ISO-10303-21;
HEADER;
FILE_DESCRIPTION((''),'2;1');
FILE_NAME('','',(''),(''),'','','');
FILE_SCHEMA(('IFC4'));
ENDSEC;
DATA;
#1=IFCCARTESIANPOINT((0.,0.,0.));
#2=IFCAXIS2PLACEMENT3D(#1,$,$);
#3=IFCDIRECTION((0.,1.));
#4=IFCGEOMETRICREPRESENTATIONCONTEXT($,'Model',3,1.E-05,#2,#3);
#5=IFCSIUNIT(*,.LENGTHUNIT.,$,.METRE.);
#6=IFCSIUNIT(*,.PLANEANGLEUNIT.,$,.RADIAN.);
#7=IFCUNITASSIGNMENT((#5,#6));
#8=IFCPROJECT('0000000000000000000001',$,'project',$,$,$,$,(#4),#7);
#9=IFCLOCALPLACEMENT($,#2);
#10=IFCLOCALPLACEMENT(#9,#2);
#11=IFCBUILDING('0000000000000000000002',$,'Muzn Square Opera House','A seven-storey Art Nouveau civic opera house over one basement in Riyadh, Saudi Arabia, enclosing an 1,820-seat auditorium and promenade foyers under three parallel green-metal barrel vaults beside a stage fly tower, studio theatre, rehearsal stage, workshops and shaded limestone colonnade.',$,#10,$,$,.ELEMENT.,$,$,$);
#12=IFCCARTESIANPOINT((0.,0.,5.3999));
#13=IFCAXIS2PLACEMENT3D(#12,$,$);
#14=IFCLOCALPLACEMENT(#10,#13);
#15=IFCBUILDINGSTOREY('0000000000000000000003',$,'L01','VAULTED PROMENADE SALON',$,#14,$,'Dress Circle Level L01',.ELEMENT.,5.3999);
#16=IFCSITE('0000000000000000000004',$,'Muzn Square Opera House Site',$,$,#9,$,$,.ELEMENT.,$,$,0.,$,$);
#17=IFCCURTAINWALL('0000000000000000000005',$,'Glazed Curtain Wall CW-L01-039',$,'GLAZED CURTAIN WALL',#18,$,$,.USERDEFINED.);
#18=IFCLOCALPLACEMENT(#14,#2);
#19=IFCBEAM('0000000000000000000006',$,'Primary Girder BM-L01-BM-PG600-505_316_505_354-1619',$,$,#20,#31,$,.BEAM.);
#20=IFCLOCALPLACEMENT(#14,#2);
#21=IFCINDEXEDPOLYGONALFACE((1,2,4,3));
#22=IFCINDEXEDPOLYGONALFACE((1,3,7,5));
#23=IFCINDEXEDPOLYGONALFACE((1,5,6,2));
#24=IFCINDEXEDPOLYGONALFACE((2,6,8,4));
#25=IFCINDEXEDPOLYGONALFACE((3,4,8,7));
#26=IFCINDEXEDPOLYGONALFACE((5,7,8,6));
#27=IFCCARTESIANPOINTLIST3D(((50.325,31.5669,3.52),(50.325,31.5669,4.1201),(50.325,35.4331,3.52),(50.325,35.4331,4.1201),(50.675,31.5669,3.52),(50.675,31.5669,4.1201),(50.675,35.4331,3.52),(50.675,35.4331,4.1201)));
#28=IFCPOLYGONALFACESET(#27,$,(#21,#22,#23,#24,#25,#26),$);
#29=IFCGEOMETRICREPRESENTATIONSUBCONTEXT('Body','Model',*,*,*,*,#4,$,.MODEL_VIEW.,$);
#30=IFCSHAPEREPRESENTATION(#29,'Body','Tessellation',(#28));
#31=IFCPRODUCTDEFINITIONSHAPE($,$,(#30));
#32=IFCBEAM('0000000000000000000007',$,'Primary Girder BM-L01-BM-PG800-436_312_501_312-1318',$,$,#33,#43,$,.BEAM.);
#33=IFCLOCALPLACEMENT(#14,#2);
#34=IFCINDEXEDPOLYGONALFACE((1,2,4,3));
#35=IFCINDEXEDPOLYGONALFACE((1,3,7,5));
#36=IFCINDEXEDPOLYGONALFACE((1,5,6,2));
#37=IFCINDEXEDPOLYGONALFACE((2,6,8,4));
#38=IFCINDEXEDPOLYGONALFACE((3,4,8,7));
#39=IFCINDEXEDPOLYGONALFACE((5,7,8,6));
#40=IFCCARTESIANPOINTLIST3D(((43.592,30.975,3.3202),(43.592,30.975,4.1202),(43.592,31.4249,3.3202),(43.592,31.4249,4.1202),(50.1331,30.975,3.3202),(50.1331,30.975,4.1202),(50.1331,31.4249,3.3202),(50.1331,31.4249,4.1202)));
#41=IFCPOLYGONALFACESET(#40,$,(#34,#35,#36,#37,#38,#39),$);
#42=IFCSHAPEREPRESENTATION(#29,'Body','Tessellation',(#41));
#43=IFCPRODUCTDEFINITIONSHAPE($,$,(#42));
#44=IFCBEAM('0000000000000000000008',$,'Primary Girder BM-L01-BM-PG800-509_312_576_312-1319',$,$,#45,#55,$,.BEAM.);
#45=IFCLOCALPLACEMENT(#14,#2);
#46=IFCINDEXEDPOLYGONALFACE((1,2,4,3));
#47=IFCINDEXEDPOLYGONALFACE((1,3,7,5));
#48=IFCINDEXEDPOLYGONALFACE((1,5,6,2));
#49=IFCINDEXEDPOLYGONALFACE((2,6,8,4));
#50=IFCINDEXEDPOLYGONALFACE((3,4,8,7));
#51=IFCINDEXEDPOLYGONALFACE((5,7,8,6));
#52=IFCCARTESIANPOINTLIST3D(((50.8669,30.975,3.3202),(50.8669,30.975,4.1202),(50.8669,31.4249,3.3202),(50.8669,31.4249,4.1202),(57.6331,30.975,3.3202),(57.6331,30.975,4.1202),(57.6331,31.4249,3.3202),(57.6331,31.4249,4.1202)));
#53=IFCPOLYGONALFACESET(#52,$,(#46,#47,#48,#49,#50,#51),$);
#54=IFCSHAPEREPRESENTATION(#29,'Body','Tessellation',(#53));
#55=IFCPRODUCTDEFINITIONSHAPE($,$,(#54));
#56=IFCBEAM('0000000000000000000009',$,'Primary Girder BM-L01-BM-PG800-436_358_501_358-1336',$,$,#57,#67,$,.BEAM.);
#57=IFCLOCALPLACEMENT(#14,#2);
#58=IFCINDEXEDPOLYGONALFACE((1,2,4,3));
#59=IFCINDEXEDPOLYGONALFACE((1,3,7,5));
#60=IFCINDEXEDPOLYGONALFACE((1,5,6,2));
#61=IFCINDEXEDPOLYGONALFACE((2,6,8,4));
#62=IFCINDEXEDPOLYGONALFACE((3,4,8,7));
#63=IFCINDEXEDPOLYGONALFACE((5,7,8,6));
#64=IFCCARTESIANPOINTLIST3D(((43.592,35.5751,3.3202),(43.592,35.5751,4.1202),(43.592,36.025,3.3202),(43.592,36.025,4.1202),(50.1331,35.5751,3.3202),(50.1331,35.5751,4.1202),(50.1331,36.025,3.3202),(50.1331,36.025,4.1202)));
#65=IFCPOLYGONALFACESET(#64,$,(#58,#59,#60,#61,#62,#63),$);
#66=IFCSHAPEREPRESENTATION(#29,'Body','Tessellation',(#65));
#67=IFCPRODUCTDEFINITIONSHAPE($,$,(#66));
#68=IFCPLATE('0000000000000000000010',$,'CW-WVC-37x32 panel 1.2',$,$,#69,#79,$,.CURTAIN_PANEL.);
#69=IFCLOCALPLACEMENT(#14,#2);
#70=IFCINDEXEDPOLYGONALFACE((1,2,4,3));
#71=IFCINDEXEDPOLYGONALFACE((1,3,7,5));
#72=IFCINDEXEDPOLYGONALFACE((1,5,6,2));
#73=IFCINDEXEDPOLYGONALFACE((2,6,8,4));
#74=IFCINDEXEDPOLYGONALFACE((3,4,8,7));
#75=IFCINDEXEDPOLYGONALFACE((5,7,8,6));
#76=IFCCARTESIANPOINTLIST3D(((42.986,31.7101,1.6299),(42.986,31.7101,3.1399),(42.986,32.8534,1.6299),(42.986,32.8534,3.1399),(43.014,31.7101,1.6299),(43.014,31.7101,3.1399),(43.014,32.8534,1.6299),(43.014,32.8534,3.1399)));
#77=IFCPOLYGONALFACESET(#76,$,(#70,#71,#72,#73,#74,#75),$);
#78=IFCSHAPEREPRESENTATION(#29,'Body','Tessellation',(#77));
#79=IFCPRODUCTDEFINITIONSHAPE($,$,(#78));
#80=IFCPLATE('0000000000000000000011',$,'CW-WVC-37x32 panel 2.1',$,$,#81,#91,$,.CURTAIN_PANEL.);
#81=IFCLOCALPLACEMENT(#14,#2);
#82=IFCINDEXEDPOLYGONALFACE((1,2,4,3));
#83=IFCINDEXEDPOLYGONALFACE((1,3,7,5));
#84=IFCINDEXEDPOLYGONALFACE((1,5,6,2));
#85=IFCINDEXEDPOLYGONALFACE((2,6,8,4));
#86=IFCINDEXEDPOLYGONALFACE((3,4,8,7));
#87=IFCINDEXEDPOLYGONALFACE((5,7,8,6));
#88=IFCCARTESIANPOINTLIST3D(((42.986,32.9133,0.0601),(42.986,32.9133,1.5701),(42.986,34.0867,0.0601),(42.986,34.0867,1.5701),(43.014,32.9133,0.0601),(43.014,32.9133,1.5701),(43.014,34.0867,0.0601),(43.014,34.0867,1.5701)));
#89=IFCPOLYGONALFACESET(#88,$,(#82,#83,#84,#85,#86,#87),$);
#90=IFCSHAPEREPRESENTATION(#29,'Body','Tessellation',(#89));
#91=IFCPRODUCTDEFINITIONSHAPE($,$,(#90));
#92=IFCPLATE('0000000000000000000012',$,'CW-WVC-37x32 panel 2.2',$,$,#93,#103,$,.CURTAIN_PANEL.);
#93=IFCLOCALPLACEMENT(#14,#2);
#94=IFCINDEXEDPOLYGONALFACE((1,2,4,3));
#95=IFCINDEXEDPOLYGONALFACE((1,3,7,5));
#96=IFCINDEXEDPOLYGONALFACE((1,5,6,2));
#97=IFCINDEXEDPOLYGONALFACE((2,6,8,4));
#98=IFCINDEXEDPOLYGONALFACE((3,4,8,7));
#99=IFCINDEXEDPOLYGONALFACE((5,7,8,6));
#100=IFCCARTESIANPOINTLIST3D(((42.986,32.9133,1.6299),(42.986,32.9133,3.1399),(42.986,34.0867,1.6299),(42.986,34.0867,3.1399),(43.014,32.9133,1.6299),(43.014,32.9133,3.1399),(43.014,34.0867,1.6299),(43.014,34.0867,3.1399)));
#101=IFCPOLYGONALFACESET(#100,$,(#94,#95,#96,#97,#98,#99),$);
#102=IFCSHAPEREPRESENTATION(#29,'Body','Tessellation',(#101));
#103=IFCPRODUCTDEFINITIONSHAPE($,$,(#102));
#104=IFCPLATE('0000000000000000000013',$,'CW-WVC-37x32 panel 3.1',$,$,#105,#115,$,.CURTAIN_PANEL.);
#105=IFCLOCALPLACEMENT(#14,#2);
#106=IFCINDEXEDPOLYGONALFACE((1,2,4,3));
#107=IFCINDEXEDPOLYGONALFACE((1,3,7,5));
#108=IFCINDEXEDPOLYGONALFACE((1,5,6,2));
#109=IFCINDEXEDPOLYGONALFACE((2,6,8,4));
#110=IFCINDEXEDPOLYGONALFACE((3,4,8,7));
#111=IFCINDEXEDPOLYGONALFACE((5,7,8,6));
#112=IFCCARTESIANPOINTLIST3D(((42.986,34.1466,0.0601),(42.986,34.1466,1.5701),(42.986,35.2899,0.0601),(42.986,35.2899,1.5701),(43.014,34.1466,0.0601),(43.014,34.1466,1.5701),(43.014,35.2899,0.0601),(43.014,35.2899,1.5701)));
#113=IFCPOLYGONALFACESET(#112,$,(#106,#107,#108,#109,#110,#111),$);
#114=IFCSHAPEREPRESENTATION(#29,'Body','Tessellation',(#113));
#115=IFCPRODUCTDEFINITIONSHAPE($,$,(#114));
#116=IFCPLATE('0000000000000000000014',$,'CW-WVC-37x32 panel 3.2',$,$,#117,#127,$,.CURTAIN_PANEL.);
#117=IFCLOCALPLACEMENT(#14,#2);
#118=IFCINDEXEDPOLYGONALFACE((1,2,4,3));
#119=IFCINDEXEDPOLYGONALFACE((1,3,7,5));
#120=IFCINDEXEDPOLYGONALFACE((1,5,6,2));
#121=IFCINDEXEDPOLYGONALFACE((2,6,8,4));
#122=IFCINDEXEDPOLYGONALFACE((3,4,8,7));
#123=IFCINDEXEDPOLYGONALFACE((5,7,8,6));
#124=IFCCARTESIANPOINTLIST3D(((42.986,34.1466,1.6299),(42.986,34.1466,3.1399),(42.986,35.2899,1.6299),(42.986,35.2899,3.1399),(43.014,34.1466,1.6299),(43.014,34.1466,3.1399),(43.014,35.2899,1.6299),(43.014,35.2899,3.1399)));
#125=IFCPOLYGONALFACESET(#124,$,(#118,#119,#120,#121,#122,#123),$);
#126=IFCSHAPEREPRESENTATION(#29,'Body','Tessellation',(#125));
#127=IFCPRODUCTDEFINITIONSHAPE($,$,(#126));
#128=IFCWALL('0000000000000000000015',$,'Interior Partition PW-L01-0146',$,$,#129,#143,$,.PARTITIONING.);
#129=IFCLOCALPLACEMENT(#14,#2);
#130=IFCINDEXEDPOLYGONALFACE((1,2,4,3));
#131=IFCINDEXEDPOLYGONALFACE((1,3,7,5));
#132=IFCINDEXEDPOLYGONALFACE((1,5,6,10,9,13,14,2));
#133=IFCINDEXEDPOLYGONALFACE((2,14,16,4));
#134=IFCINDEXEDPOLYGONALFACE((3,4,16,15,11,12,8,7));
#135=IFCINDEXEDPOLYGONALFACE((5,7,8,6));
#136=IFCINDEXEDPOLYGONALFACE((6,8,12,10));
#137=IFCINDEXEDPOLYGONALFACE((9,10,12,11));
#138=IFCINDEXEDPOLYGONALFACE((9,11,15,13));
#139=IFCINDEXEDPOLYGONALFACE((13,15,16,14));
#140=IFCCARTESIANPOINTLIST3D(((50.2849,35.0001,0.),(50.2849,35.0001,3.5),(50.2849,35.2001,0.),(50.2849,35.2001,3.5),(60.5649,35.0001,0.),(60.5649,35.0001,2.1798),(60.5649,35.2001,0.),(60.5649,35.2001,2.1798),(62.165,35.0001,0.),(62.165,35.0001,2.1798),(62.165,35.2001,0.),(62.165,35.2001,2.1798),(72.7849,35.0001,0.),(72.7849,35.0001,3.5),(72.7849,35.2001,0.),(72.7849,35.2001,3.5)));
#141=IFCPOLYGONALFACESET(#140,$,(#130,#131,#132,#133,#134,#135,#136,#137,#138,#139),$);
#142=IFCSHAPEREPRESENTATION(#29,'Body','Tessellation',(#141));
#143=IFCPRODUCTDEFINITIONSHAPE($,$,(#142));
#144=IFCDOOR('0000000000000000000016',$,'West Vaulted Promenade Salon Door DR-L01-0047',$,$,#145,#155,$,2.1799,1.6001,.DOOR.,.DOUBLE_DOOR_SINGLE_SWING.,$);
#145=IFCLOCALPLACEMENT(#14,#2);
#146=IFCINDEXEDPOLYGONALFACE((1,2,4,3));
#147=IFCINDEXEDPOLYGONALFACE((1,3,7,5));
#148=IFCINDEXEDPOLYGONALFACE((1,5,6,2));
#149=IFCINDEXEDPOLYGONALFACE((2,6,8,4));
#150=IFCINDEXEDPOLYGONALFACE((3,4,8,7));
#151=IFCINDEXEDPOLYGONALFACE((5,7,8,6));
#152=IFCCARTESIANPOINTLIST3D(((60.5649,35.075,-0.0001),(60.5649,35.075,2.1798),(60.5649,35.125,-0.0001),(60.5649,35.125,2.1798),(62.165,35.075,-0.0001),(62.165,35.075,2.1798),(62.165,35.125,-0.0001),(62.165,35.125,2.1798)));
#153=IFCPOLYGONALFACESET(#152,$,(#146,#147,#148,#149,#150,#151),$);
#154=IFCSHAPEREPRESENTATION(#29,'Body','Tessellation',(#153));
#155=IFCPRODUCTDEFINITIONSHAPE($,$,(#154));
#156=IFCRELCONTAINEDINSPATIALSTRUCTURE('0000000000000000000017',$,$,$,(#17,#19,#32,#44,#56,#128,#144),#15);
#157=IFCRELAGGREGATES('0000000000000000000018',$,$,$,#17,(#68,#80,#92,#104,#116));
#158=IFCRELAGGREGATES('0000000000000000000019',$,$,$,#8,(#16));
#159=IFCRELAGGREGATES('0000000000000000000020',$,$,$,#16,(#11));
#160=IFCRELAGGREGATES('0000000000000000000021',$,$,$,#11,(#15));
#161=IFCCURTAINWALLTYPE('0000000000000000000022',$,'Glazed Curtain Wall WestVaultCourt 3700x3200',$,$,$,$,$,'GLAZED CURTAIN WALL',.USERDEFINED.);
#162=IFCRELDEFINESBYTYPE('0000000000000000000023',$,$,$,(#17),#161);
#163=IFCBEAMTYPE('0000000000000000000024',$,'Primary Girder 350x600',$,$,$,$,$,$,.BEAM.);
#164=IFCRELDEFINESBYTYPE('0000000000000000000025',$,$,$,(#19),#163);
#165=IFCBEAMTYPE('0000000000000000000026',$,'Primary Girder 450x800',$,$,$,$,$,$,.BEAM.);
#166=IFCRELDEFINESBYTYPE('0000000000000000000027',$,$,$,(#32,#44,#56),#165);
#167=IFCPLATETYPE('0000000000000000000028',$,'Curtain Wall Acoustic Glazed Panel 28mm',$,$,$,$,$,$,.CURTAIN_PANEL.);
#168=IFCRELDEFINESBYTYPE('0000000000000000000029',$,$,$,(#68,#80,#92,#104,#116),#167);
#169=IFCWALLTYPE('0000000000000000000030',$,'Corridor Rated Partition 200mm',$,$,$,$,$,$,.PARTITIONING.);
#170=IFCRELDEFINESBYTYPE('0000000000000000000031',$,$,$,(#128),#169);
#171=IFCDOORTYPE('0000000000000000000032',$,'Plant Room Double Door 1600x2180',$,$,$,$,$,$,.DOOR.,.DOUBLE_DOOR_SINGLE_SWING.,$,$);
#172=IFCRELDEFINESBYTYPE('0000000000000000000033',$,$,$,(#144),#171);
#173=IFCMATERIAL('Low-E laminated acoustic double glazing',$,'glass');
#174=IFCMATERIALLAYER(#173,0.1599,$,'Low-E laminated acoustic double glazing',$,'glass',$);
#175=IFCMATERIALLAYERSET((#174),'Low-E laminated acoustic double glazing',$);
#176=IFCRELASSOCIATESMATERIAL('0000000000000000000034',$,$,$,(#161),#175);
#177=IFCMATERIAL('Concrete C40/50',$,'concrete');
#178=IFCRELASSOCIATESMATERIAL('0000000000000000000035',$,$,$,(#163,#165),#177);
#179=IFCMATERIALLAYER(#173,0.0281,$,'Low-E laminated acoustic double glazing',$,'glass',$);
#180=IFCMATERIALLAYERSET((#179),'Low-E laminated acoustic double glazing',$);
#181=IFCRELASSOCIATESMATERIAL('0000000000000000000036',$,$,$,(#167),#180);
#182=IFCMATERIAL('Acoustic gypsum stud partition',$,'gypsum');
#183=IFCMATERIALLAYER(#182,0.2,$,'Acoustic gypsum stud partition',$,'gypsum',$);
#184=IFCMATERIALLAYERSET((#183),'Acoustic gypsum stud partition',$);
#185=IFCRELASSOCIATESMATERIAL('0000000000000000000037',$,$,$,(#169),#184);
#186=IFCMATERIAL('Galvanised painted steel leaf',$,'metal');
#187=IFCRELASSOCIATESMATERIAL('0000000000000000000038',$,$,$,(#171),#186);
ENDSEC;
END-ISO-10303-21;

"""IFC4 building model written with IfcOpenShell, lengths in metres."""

from ifc_helpers import new_model, si_unit, direction, frame, frame_2d, origin, origin_2d, place, context, subcontext, project, spatial, rectangle, extrude, material, layer, layer_set, material_profile, profile_set, type_object, element, fill, aggregate, save


model = new_model("IFC4")

# Units and contexts
model_context = context("Model", 3, precision=1e-05, world=origin(), true_north=direction((0.0, 1.0)))
body_context = subcontext(model_context, "Body", "Model", "MODEL_VIEW")
ifc_project = project(units=[si_unit("LENGTHUNIT", "METRE"), si_unit("PLANEANGLEUNIT", "RADIAN")], contexts=[model_context])

# Site, building, storey
site_placement = place(None, origin())
site = spatial("IfcSite", under=ifc_project, at=site_placement, Name="Muzn Square Opera House Site", CompositionType="ELEMENT", RefElevation=0.0)
building_placement = place(site_placement, origin())
building = spatial("IfcBuilding", under=site, at=building_placement, Name="Muzn Square Opera House", Description="A seven-storey Art Nouveau civic opera house over one basement in Riyadh, Saudi Arabia, enclosing an 1,820-seat auditorium and promenade foyers under three parallel green-metal barrel vaults beside a stage fly tower, studio theatre, rehearsal stage, workshops and shaded limestone colonnade.", CompositionType="ELEMENT")
storey_placement = place(building_placement, frame((0.0, 0.0, 5.3999)))
storey = spatial("IfcBuildingStorey", under=building, at=storey_placement, Name="L01", Description="VAULTED PROMENADE SALON", LongName="Dress Circle Level L01", CompositionType="ELEMENT", Elevation=5.3999)

# Curtain wall
ifc_material_1 = material(Name="Low-E laminated acoustic double glazing", Category="glass")
ifc_layer_1 = layer(ifc_material_1, 0.1599, Name="Low-E laminated acoustic double glazing", Category="glass")
ifc_layer_set_1 = layer_set([ifc_layer_1], Name="Low-E laminated acoustic double glazing")
curtain_wall_type = type_object("IfcCurtainWallType", Name="Glazed Curtain Wall WestVaultCourt 3700x3200", ElementType="GLAZED CURTAIN WALL", PredefinedType="USERDEFINED", material=ifc_layer_set_1)
curtain_wall_placement = place(storey_placement, origin())
curtain_wall = element("IfcCurtainWall", 1, at=curtain_wall_placement, inside=storey, type_object=curtain_wall_type, Name="Glazed Curtain Wall CW-L01-039", ObjectType="GLAZED CURTAIN WALL", PredefinedType="USERDEFINED")

# Beams
ifc_material_2 = material(Name="Concrete C40/50", Category="concrete")
ifc_material_profile_1 = material_profile(ifc_material_2, rectangle(XDim=0.3501, YDim=0.6001, at=origin_2d()), Name="RCB 350x600", Category="concrete")
ifc_profile_set_1 = profile_set([ifc_material_profile_1], Name="Concrete C40/50")
beam_type_1 = type_object("IfcBeamType", Name="Primary Girder 350x600", PredefinedType="BEAM", material=ifc_profile_set_1)
beam_1_placement = place(storey_placement, frame((50.5, 31.5669, 3.8201), z_axis=(0.0, 1.0, 0.0), x_axis=(-1.0, 0.0, 0.0)))
element("IfcBeam", 2, at=beam_1_placement, inside=storey, type_object=beam_type_1, Name="Primary Girder BM-L01-BM-PG600-505_316_505_354-1619", PredefinedType="BEAM", context=body_context, shape_type="SweptSolid", body=[
    extrude(rectangle(XDim=0.3501, YDim=0.6001, at=origin_2d()), origin(), (0.0, 0.0, 1.0), 3.8662),
])
ifc_material_profile_2 = material_profile(ifc_material_2, rectangle(XDim=0.45, YDim=0.8, at=origin_2d()), Name="RCB 450x800", Category="concrete")
ifc_profile_set_2 = profile_set([ifc_material_profile_2], Name="Concrete C40/50")
beam_type_2 = type_object("IfcBeamType", Name="Primary Girder 450x800", PredefinedType="BEAM", material=ifc_profile_set_2)
beam_2_placement = place(storey_placement, frame((43.592, 31.2, 3.7202), z_axis=(1.0, 0.0, 0.0), x_axis=(0.0, 1.0, 0.0)))
element("IfcBeam", 3, at=beam_2_placement, inside=storey, type_object=beam_type_2, Name="Primary Girder BM-L01-BM-PG800-436_312_501_312-1318", PredefinedType="BEAM", context=body_context, shape_type="SweptSolid", body=[
    extrude(rectangle(XDim=0.45, YDim=0.8, at=origin_2d()), origin(), (0.0, 0.0, 1.0), 6.541),
])
beam_3_placement = place(storey_placement, frame((50.8669, 31.2, 3.7202), z_axis=(1.0, 0.0, 0.0), x_axis=(0.0, 1.0, 0.0)))
element("IfcBeam", 4, at=beam_3_placement, inside=storey, type_object=beam_type_2, Name="Primary Girder BM-L01-BM-PG800-509_312_576_312-1319", PredefinedType="BEAM", context=body_context, shape_type="SweptSolid", body=[
    extrude(rectangle(XDim=0.45, YDim=0.8, at=origin_2d()), origin(), (0.0, 0.0, 1.0), 6.7661),
])
beam_4_placement = place(storey_placement, frame((43.592, 35.8, 3.7202), z_axis=(1.0, 0.0, 0.0), x_axis=(0.0, 1.0, 0.0)))
element("IfcBeam", 5, at=beam_4_placement, inside=storey, type_object=beam_type_2, Name="Primary Girder BM-L01-BM-PG800-436_358_501_358-1336", PredefinedType="BEAM", context=body_context, shape_type="SweptSolid", body=[
    extrude(rectangle(XDim=0.45, YDim=0.8, at=origin_2d()), origin(), (0.0, 0.0, 1.0), 6.541),
])

# Plates
ifc_layer_2 = layer(ifc_material_1, 0.0281, Name="Low-E laminated acoustic double glazing", Category="glass")
ifc_layer_set_2 = layer_set([ifc_layer_2], Name="Low-E laminated acoustic double glazing")
plate_type = type_object("IfcPlateType", Name="Curtain Wall Acoustic Glazed Panel 28mm", PredefinedType="CURTAIN_PANEL", material=ifc_layer_set_2)
plate_1_placement = place(storey_placement, frame((43.0, 32.2817, 1.6299), z_axis=(0.0, 0.0, 1.0), x_axis=(0.0, 1.0, 0.0)))
plate_1 = element("IfcPlate", 6, at=plate_1_placement, type_object=plate_type, Name="CW-WVC-37x32 panel 1.2", PredefinedType="CURTAIN_PANEL", context=body_context, shape_type="SweptSolid", body=[
    extrude(rectangle(XDim=1.1433, YDim=0.0281, at=origin_2d()), origin(), (0.0, 0.0, 1.0), 1.51),
])
plate_2_placement = place(storey_placement, frame((43.0, 33.5, 0.0601), z_axis=(0.0, 0.0, 1.0), x_axis=(0.0, 1.0, 0.0)))
plate_2 = element("IfcPlate", 7, at=plate_2_placement, type_object=plate_type, Name="CW-WVC-37x32 panel 2.1", PredefinedType="CURTAIN_PANEL", context=body_context, shape_type="SweptSolid", body=[
    extrude(rectangle(XDim=1.1733, YDim=0.0281, at=origin_2d()), origin(), (0.0, 0.0, 1.0), 1.51),
])
plate_3_placement = place(storey_placement, frame((43.0, 33.5, 1.6299), z_axis=(0.0, 0.0, 1.0), x_axis=(0.0, 1.0, 0.0)))
plate_3 = element("IfcPlate", 8, at=plate_3_placement, type_object=plate_type, Name="CW-WVC-37x32 panel 2.2", PredefinedType="CURTAIN_PANEL", context=body_context, shape_type="SweptSolid", body=[
    extrude(rectangle(XDim=1.1733, YDim=0.0281, at=origin_2d()), origin(), (0.0, 0.0, 1.0), 1.51),
])
plate_4_placement = place(storey_placement, frame((43.0, 34.7183, 0.0601), z_axis=(0.0, 0.0, 1.0), x_axis=(0.0, 1.0, 0.0)))
plate_4 = element("IfcPlate", 9, at=plate_4_placement, type_object=plate_type, Name="CW-WVC-37x32 panel 3.1", PredefinedType="CURTAIN_PANEL", context=body_context, shape_type="SweptSolid", body=[
    extrude(rectangle(XDim=1.1433, YDim=0.0281, at=origin_2d()), origin(), (0.0, 0.0, 1.0), 1.51),
])
plate_5_placement = place(storey_placement, frame((43.0, 34.7183, 1.6299), z_axis=(0.0, 0.0, 1.0), x_axis=(0.0, 1.0, 0.0)))
plate_5 = element("IfcPlate", 10, at=plate_5_placement, type_object=plate_type, Name="CW-WVC-37x32 panel 3.2", PredefinedType="CURTAIN_PANEL", context=body_context, shape_type="SweptSolid", body=[
    extrude(rectangle(XDim=1.1433, YDim=0.0281, at=origin_2d()), origin(), (0.0, 0.0, 1.0), 1.51),
])
aggregate(curtain_wall, [plate_1, plate_2, plate_3, plate_4, plate_5])

# Wall, opening, door
ifc_material_3 = material(Name="Acoustic gypsum stud partition", Category="gypsum")
ifc_layer_3 = layer(ifc_material_3, 0.2, Name="Acoustic gypsum stud partition", Category="gypsum")
ifc_layer_set_3 = layer_set([ifc_layer_3], Name="Acoustic gypsum stud partition")
wall_type_1 = type_object("IfcWallType", Name="Corridor Rated Partition 200mm", PredefinedType="PARTITIONING", material=ifc_layer_set_3)
wall_1_placement = place(storey_placement, frame((50.2849, 35.1001, 0.0), z_axis=(0.0, 0.0, 1.0), x_axis=(1.0, 0.0, 0.0)))
wall_1 = element("IfcWall", 11, at=wall_1_placement, inside=storey, type_object=wall_type_1, Name="Interior Partition PW-L01-0146", PredefinedType="PARTITIONING", context=body_context, shape_type="SweptSolid", body=[
    extrude(rectangle(XDim=22.5, YDim=0.2, at=frame_2d((11.25, 0.0))), origin(), (0.0, 0.0, 1.0), 3.5),
])
opening_1_placement = place(wall_1_placement, frame((10.28, 0.0, 0.0)))
opening_1 = element("IfcOpeningElement", 12, at=opening_1_placement, cuts=wall_1, PredefinedType="OPENING", context=body_context, shape_type="SweptSolid", body=[
    extrude(rectangle(XDim=1.6001, YDim=2.1799, at=frame_2d((0.8, 1.0898))), frame((0.0, 0.1099, 0.0), z_axis=(0.0, -1.0, 0.0), x_axis=(1.0, 0.0, 0.0)), (0.0, 0.0, 1.0), 0.22),
])
ifc_material_4 = material(Name="Galvanised painted steel leaf", Category="metal")
door_type_1 = type_object("IfcDoorType", Name="Plant Room Double Door 1600x2180", OperationType="DOUBLE_DOOR_SINGLE_SWING", PredefinedType="DOOR", material=ifc_material_4)
door_1_placement = place(opening_1_placement, origin())
door_1 = element("IfcDoor", 13, at=door_1_placement, inside=storey, type_object=door_type_1, Name="West Vaulted Promenade Salon Door DR-L01-0047", OperationType="DOUBLE_DOOR_SINGLE_SWING", OverallHeight=2.1799, OverallWidth=1.6001, PredefinedType="DOOR", context=body_context, shape_type="SweptSolid", body=[
    extrude(rectangle(XDim=1.6001, YDim=2.1799, at=frame_2d((0.8, 1.0898))), frame((0.0, 0.0249, 0.0), z_axis=(0.0, -1.0, 0.0), x_axis=(1.0, 0.0, 0.0)), (0.0, 0.0, 1.0), 0.05),
])
fill(opening_1, door_1)

save(model, "model.ifc")
